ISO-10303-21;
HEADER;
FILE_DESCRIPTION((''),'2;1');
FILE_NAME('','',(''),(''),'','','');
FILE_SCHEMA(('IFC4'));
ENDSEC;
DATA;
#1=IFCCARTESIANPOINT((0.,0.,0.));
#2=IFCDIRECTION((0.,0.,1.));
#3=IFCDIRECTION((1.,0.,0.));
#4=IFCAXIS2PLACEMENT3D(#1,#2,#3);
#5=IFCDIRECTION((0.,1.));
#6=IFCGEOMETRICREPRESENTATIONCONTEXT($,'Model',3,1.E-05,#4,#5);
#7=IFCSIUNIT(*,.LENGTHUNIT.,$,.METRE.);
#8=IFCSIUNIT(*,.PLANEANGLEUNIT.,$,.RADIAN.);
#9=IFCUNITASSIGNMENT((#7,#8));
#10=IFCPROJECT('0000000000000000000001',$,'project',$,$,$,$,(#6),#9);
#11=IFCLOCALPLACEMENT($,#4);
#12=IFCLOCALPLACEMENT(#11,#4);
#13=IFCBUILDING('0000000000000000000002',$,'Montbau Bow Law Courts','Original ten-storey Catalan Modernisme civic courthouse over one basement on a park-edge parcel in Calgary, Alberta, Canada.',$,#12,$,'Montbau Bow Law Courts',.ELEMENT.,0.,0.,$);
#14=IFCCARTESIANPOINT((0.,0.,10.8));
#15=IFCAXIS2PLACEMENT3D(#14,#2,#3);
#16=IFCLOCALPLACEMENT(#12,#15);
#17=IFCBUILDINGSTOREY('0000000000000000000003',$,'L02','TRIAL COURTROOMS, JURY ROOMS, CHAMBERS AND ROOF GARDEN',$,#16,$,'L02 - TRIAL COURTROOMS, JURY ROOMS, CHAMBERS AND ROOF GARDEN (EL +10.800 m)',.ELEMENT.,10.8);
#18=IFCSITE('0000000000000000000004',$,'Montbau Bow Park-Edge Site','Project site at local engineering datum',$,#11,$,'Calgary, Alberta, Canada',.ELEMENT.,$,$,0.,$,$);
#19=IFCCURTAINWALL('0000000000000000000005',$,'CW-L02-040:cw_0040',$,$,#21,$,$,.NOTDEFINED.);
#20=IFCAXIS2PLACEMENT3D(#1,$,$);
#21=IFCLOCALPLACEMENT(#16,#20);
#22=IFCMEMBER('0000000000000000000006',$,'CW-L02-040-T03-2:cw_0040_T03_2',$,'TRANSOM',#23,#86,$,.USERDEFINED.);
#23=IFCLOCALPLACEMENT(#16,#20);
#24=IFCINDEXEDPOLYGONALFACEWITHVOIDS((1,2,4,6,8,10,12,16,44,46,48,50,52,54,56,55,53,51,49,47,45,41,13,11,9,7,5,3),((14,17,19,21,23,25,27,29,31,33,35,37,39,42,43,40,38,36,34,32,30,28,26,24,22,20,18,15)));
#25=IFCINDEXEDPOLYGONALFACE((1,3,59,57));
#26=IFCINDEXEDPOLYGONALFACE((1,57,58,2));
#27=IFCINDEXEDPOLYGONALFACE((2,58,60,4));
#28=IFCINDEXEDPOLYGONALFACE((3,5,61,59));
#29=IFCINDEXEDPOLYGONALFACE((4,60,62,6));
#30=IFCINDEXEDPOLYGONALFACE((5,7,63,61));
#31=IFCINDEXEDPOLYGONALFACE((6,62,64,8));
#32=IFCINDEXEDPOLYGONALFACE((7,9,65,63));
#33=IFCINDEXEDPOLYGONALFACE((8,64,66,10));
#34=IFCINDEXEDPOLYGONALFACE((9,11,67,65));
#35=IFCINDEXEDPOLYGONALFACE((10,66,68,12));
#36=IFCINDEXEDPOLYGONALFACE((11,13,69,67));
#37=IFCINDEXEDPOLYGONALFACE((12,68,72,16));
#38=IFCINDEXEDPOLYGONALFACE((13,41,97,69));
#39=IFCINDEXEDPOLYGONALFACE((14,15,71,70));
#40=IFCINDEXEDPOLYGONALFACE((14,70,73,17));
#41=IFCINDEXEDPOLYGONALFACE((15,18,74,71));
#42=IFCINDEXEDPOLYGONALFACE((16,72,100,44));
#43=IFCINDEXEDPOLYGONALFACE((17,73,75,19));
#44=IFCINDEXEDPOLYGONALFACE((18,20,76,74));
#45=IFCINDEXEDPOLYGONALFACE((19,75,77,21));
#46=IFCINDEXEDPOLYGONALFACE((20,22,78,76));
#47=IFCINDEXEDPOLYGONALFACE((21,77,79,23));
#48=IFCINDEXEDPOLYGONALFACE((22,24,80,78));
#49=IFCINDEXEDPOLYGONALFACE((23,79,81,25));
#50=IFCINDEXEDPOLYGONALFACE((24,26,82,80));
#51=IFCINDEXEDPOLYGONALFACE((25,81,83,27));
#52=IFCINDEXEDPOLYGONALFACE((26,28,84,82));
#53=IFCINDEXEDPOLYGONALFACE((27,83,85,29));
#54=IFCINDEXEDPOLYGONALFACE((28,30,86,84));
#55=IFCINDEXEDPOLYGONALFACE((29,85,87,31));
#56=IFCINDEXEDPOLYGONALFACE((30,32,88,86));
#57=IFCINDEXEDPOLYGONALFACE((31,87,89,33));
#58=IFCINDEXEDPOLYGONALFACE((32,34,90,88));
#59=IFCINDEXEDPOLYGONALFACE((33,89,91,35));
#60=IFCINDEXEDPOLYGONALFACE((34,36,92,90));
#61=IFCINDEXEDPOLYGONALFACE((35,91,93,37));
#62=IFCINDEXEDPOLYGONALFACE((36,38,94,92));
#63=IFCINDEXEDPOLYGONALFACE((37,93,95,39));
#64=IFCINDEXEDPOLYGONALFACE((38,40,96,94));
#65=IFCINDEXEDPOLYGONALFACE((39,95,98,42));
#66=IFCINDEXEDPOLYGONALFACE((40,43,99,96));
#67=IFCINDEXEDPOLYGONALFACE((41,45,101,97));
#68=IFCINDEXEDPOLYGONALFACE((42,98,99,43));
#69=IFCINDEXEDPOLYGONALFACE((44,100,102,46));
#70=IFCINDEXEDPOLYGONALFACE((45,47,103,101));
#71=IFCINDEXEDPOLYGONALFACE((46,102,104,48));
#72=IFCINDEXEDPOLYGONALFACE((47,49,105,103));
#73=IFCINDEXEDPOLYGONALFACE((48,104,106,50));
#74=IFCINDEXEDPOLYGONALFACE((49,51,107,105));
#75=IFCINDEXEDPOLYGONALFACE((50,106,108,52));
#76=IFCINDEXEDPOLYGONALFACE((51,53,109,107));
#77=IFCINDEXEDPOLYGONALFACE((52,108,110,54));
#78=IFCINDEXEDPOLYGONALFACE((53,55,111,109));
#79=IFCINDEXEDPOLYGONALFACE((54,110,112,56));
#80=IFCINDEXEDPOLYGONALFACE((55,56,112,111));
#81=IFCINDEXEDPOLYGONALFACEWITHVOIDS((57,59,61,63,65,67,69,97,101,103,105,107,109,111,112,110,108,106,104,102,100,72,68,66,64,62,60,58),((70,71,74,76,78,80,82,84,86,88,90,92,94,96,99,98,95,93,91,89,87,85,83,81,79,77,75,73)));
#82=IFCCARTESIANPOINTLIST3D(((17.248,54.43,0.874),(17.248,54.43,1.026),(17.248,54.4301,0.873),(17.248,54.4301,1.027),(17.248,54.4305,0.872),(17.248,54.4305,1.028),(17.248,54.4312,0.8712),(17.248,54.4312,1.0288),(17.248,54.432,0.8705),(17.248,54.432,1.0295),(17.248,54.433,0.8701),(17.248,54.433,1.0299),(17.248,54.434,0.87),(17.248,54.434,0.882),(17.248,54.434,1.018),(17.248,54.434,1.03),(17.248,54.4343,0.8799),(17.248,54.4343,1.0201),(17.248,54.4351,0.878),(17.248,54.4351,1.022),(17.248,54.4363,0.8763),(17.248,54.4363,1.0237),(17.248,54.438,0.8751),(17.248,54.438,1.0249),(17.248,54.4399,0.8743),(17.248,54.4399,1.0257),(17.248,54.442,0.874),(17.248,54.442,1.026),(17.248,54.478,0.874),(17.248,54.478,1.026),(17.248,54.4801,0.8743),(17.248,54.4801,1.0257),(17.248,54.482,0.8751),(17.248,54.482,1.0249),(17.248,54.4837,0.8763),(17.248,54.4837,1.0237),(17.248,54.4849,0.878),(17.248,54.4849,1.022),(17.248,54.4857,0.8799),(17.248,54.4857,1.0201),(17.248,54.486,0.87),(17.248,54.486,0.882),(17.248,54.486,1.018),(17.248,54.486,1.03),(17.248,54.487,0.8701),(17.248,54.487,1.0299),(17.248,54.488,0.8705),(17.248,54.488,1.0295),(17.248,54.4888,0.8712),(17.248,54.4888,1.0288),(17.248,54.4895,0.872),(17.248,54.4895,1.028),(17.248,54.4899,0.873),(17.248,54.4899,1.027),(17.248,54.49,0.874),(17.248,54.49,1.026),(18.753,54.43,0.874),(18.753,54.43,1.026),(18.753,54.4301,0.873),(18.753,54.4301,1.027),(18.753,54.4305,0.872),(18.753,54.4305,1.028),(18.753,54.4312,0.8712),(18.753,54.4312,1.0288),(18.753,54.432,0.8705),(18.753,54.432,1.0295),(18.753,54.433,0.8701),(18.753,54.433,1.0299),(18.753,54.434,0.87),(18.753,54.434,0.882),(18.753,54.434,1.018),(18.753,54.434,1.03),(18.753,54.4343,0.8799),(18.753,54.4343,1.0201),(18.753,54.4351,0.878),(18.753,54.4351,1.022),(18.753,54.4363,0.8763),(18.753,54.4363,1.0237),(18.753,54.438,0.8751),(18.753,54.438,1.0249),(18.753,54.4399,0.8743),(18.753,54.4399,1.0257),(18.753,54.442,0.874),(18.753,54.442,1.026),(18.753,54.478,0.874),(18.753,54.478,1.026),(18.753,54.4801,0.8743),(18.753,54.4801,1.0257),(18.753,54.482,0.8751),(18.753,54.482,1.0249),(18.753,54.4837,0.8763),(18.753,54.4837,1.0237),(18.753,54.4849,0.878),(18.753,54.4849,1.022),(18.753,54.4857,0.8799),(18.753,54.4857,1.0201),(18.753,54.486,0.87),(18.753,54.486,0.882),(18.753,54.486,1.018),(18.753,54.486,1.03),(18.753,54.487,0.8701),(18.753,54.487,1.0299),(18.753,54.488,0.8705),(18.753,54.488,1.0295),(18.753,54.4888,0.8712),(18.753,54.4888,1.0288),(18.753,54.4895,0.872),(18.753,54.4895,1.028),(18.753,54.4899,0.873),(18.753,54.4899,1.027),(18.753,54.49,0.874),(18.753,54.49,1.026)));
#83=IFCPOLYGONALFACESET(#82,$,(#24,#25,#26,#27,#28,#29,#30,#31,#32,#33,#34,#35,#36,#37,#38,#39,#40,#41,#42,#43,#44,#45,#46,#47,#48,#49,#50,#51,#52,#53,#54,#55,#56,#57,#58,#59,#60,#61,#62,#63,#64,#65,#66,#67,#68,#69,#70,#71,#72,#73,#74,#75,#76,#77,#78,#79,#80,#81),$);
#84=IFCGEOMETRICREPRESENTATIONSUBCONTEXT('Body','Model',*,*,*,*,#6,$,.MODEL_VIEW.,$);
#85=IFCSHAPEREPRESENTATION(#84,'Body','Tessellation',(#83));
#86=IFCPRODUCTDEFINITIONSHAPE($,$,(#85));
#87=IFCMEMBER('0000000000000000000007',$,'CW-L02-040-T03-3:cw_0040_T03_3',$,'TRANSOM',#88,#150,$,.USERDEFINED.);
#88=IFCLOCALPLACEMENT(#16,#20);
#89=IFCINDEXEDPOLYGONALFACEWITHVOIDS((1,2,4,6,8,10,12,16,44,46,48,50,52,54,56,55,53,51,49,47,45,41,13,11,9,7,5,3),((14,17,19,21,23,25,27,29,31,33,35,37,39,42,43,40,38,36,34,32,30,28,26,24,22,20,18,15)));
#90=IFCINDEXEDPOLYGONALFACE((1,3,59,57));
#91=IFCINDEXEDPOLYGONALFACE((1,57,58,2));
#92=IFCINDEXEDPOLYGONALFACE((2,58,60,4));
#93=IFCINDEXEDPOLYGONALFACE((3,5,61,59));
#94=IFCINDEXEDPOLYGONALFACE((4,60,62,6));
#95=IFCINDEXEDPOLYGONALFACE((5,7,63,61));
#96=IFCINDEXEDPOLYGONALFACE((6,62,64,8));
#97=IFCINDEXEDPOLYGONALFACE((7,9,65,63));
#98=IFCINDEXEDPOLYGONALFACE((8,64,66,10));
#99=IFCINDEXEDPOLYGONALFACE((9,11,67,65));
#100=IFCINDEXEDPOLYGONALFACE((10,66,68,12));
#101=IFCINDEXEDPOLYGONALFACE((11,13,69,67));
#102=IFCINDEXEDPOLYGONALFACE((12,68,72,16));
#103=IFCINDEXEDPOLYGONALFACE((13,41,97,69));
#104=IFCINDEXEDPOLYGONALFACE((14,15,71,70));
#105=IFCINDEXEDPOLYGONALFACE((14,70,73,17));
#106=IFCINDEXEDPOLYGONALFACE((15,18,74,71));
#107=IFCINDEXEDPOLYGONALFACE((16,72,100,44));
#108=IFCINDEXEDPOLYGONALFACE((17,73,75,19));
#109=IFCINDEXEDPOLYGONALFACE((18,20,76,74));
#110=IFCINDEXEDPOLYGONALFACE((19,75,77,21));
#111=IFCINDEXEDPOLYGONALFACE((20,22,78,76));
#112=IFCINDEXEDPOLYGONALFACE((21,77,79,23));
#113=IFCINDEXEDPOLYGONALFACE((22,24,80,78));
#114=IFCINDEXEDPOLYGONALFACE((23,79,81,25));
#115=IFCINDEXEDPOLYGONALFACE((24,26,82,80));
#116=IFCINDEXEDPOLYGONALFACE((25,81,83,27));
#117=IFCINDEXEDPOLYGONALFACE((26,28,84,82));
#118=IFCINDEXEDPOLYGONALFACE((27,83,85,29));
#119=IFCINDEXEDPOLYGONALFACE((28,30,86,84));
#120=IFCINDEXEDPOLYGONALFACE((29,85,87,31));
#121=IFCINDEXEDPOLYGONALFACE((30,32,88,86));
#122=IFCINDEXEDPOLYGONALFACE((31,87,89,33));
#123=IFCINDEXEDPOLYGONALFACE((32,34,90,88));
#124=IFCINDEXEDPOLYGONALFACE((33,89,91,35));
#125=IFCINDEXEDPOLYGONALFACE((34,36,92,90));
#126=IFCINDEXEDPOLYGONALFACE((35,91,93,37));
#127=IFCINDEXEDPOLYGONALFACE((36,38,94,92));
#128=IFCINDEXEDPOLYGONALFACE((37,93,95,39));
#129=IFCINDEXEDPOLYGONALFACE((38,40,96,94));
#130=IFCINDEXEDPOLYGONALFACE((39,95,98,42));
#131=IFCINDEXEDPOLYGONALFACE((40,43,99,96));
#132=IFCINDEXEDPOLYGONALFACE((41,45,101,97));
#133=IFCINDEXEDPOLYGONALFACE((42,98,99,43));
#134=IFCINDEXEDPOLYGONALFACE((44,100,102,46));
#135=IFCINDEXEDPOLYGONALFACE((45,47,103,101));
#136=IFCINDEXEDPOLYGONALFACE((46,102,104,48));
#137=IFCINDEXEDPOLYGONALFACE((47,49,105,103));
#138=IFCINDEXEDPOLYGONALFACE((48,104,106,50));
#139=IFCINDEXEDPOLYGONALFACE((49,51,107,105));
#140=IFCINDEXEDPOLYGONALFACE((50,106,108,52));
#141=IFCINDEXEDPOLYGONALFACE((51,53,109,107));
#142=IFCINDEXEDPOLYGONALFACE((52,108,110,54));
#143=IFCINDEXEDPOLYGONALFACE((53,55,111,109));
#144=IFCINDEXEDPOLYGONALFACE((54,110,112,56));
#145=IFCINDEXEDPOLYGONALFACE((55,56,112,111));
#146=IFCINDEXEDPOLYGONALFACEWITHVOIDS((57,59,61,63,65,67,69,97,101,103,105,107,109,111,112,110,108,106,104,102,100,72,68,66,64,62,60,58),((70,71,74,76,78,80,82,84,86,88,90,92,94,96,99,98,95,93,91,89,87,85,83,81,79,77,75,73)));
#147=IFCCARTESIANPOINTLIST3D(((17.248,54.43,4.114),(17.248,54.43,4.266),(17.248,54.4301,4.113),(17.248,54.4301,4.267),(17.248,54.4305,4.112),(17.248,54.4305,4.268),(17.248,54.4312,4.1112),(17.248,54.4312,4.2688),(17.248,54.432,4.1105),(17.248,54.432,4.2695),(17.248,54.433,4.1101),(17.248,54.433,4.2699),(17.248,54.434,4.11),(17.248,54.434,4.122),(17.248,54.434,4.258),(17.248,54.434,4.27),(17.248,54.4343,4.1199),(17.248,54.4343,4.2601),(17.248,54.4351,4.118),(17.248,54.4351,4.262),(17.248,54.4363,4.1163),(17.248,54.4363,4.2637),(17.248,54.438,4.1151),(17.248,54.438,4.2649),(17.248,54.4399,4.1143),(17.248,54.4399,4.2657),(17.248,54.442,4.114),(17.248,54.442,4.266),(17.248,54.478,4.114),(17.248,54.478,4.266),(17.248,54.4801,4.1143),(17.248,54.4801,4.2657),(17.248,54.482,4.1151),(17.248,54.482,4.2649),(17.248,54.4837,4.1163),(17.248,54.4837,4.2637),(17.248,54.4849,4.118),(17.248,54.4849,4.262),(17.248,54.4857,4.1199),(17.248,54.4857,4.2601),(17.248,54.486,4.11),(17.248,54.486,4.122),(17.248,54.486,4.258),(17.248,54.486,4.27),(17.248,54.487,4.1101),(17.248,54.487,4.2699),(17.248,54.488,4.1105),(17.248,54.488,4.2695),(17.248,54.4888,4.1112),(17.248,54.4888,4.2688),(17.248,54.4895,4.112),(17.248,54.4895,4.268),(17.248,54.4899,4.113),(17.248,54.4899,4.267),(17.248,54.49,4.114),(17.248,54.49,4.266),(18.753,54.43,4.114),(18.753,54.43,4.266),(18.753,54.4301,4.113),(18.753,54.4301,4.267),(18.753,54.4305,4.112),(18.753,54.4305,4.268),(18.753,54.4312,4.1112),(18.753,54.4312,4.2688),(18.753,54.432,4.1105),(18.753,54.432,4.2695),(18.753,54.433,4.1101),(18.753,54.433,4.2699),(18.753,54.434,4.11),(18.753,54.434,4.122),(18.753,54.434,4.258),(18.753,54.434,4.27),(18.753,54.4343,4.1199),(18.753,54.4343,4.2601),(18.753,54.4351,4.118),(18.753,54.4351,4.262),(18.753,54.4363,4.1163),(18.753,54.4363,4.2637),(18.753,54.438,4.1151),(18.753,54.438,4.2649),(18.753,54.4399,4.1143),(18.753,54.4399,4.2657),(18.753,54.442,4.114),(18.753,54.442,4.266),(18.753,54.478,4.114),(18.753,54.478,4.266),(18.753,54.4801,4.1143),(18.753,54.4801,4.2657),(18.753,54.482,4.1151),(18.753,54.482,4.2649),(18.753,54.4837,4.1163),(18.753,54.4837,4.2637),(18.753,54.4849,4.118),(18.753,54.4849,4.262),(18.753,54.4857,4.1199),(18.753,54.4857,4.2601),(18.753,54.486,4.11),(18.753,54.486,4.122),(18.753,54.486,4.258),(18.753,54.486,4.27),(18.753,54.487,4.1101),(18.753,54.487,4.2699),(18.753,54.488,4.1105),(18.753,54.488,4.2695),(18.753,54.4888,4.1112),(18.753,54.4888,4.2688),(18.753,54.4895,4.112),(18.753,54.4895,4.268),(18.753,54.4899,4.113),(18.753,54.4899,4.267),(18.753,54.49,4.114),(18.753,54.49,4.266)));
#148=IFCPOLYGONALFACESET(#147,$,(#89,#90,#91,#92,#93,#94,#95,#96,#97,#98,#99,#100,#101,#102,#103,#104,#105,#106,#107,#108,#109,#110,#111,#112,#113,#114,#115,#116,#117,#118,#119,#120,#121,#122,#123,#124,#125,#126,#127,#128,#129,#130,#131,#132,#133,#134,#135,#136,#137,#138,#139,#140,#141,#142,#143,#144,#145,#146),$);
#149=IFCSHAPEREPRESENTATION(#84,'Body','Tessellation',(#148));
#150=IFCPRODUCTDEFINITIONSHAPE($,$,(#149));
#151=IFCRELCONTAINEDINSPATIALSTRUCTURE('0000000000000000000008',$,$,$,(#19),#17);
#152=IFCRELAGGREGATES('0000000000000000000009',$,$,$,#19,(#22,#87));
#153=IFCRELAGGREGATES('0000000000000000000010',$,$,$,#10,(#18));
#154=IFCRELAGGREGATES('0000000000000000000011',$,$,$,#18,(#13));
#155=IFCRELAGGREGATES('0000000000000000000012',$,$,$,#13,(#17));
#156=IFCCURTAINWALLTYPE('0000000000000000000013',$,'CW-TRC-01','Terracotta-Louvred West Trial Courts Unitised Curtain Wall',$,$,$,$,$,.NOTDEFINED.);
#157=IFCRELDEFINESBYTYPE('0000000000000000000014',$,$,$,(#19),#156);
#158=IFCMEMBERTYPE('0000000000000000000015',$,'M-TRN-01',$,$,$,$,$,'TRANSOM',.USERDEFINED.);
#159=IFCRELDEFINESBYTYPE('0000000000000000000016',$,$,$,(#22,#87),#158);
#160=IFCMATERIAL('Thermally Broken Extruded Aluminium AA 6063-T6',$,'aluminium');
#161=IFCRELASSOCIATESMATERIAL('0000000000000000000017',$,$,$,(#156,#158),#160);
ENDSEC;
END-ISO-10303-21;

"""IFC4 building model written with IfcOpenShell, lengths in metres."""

from ifc_helpers import new_model, si_unit, direction, frame, origin_with_axes, origin_2d_with_axis, place, context, subcontext, project, spatial, hollow_rectangle, extrude, material, material_profile, profile_set, type_object, element, aggregate, save


model = new_model("IFC4")

# Units and contexts
model_context = context("Model", 3, precision=1e-05, world=origin_with_axes(), true_north=direction((0.0, 1.0)))
body_context = subcontext(model_context, "Body", "Model", "MODEL_VIEW")
ifc_project = project(units=[si_unit("LENGTHUNIT", "METRE"), si_unit("PLANEANGLEUNIT", "RADIAN")], contexts=[model_context])

# Site, building, storey
site_placement = place(None, origin_with_axes())
site = spatial("IfcSite", under=ifc_project, at=site_placement, Name="Montbau Bow Park-Edge Site", Description="Project site at local engineering datum", LongName="Calgary, Alberta, Canada", CompositionType="ELEMENT", RefElevation=0.0)
building_placement = place(site_placement, origin_with_axes())
building = spatial("IfcBuilding", under=site, at=building_placement, Name="Montbau Bow Law Courts", Description="Original ten-storey Catalan Modernisme civic courthouse over one basement on a park-edge parcel in Calgary, Alberta, Canada.", LongName="Montbau Bow Law Courts", CompositionType="ELEMENT", ElevationOfRefHeight=0.0, ElevationOfTerrain=0.0)
storey_placement = place(building_placement, frame((0.0, 0.0, 10.8), z_axis=(0.0, 0.0, 1.0), x_axis=(1.0, 0.0, 0.0)))
storey = spatial("IfcBuildingStorey", under=building, at=storey_placement, Name="L02", Description="TRIAL COURTROOMS, JURY ROOMS, CHAMBERS AND ROOF GARDEN", LongName="L02 - TRIAL COURTROOMS, JURY ROOMS, CHAMBERS AND ROOF GARDEN (EL +10.800 m)", CompositionType="ELEMENT", Elevation=10.8)

# Curtain wall
ifc_material_1 = material(Name="Thermally Broken Extruded Aluminium AA 6063-T6", Category="aluminium")
curtain_wall_type = type_object("IfcCurtainWallType", Name="CW-TRC-01", Description="Terracotta-Louvred West Trial Courts Unitised Curtain Wall", PredefinedType="NOTDEFINED", material=ifc_material_1)
curtain_wall_1_placement = place(None, frame((14.068, 54.46, 10.8), z_axis=(0.0, 0.0, 1.0), x_axis=(1.0, 0.0, 0.0)))
curtain_wall_1 = element("IfcCurtainWall", 1, at=curtain_wall_1_placement, inside=storey, type_object=curtain_wall_type, Name="CW-L02-040:cw_0040", PredefinedType="NOTDEFINED")

# Members
ifc_material_profile_1 = material_profile(ifc_material_1, hollow_rectangle(XDim=0.06, YDim=0.16, WallThickness=0.004, InnerFilletRadius=0.008, OuterFilletRadius=0.004, at=origin_2d_with_axis()), Name="CWT-160X60", Category="Main", Priority=0)
ifc_profile_set_1 = profile_set([ifc_material_profile_1], Name="Thermally Broken Extruded Aluminium AA 6063-T6")
member_type_1 = type_object("IfcMemberType", Name="M-TRN-01", ElementType="TRANSOM", PredefinedType="USERDEFINED", material=ifc_profile_set_1)
member_1_placement = place(None, frame((17.248, 54.46, 11.75), z_axis=(1.0, 0.0, 0.0), x_axis=(0.0, 1.0, 0.0)))
member_1 = element("IfcMember", 2, at=member_1_placement, type_object=member_type_1, Name="CW-L02-040-T03-2:cw_0040_T03_2", ObjectType="TRANSOM", PredefinedType="USERDEFINED", context=body_context, shape_type="SweptSolid", body=[
    extrude(hollow_rectangle(XDim=0.06, YDim=0.16, WallThickness=0.004, InnerFilletRadius=0.008, OuterFilletRadius=0.004, at=origin_2d_with_axis()), origin_with_axes(), (0.0, 0.0, 1.0), 1.505),
])
member_2_placement = place(None, frame((17.248, 54.46, 14.99), z_axis=(1.0, 0.0, 0.0), x_axis=(0.0, 1.0, 0.0)))
member_2 = element("IfcMember", 3, at=member_2_placement, type_object=member_type_1, Name="CW-L02-040-T03-3:cw_0040_T03_3", ObjectType="TRANSOM", PredefinedType="USERDEFINED", context=body_context, shape_type="SweptSolid", body=[
    extrude(hollow_rectangle(XDim=0.06, YDim=0.16, WallThickness=0.004, InnerFilletRadius=0.008, OuterFilletRadius=0.004, at=origin_2d_with_axis()), origin_with_axes(), (0.0, 0.0, 1.0), 1.505),
])

aggregate(curtain_wall_1, [member_1, member_2])

save(model, "model.ifc")
